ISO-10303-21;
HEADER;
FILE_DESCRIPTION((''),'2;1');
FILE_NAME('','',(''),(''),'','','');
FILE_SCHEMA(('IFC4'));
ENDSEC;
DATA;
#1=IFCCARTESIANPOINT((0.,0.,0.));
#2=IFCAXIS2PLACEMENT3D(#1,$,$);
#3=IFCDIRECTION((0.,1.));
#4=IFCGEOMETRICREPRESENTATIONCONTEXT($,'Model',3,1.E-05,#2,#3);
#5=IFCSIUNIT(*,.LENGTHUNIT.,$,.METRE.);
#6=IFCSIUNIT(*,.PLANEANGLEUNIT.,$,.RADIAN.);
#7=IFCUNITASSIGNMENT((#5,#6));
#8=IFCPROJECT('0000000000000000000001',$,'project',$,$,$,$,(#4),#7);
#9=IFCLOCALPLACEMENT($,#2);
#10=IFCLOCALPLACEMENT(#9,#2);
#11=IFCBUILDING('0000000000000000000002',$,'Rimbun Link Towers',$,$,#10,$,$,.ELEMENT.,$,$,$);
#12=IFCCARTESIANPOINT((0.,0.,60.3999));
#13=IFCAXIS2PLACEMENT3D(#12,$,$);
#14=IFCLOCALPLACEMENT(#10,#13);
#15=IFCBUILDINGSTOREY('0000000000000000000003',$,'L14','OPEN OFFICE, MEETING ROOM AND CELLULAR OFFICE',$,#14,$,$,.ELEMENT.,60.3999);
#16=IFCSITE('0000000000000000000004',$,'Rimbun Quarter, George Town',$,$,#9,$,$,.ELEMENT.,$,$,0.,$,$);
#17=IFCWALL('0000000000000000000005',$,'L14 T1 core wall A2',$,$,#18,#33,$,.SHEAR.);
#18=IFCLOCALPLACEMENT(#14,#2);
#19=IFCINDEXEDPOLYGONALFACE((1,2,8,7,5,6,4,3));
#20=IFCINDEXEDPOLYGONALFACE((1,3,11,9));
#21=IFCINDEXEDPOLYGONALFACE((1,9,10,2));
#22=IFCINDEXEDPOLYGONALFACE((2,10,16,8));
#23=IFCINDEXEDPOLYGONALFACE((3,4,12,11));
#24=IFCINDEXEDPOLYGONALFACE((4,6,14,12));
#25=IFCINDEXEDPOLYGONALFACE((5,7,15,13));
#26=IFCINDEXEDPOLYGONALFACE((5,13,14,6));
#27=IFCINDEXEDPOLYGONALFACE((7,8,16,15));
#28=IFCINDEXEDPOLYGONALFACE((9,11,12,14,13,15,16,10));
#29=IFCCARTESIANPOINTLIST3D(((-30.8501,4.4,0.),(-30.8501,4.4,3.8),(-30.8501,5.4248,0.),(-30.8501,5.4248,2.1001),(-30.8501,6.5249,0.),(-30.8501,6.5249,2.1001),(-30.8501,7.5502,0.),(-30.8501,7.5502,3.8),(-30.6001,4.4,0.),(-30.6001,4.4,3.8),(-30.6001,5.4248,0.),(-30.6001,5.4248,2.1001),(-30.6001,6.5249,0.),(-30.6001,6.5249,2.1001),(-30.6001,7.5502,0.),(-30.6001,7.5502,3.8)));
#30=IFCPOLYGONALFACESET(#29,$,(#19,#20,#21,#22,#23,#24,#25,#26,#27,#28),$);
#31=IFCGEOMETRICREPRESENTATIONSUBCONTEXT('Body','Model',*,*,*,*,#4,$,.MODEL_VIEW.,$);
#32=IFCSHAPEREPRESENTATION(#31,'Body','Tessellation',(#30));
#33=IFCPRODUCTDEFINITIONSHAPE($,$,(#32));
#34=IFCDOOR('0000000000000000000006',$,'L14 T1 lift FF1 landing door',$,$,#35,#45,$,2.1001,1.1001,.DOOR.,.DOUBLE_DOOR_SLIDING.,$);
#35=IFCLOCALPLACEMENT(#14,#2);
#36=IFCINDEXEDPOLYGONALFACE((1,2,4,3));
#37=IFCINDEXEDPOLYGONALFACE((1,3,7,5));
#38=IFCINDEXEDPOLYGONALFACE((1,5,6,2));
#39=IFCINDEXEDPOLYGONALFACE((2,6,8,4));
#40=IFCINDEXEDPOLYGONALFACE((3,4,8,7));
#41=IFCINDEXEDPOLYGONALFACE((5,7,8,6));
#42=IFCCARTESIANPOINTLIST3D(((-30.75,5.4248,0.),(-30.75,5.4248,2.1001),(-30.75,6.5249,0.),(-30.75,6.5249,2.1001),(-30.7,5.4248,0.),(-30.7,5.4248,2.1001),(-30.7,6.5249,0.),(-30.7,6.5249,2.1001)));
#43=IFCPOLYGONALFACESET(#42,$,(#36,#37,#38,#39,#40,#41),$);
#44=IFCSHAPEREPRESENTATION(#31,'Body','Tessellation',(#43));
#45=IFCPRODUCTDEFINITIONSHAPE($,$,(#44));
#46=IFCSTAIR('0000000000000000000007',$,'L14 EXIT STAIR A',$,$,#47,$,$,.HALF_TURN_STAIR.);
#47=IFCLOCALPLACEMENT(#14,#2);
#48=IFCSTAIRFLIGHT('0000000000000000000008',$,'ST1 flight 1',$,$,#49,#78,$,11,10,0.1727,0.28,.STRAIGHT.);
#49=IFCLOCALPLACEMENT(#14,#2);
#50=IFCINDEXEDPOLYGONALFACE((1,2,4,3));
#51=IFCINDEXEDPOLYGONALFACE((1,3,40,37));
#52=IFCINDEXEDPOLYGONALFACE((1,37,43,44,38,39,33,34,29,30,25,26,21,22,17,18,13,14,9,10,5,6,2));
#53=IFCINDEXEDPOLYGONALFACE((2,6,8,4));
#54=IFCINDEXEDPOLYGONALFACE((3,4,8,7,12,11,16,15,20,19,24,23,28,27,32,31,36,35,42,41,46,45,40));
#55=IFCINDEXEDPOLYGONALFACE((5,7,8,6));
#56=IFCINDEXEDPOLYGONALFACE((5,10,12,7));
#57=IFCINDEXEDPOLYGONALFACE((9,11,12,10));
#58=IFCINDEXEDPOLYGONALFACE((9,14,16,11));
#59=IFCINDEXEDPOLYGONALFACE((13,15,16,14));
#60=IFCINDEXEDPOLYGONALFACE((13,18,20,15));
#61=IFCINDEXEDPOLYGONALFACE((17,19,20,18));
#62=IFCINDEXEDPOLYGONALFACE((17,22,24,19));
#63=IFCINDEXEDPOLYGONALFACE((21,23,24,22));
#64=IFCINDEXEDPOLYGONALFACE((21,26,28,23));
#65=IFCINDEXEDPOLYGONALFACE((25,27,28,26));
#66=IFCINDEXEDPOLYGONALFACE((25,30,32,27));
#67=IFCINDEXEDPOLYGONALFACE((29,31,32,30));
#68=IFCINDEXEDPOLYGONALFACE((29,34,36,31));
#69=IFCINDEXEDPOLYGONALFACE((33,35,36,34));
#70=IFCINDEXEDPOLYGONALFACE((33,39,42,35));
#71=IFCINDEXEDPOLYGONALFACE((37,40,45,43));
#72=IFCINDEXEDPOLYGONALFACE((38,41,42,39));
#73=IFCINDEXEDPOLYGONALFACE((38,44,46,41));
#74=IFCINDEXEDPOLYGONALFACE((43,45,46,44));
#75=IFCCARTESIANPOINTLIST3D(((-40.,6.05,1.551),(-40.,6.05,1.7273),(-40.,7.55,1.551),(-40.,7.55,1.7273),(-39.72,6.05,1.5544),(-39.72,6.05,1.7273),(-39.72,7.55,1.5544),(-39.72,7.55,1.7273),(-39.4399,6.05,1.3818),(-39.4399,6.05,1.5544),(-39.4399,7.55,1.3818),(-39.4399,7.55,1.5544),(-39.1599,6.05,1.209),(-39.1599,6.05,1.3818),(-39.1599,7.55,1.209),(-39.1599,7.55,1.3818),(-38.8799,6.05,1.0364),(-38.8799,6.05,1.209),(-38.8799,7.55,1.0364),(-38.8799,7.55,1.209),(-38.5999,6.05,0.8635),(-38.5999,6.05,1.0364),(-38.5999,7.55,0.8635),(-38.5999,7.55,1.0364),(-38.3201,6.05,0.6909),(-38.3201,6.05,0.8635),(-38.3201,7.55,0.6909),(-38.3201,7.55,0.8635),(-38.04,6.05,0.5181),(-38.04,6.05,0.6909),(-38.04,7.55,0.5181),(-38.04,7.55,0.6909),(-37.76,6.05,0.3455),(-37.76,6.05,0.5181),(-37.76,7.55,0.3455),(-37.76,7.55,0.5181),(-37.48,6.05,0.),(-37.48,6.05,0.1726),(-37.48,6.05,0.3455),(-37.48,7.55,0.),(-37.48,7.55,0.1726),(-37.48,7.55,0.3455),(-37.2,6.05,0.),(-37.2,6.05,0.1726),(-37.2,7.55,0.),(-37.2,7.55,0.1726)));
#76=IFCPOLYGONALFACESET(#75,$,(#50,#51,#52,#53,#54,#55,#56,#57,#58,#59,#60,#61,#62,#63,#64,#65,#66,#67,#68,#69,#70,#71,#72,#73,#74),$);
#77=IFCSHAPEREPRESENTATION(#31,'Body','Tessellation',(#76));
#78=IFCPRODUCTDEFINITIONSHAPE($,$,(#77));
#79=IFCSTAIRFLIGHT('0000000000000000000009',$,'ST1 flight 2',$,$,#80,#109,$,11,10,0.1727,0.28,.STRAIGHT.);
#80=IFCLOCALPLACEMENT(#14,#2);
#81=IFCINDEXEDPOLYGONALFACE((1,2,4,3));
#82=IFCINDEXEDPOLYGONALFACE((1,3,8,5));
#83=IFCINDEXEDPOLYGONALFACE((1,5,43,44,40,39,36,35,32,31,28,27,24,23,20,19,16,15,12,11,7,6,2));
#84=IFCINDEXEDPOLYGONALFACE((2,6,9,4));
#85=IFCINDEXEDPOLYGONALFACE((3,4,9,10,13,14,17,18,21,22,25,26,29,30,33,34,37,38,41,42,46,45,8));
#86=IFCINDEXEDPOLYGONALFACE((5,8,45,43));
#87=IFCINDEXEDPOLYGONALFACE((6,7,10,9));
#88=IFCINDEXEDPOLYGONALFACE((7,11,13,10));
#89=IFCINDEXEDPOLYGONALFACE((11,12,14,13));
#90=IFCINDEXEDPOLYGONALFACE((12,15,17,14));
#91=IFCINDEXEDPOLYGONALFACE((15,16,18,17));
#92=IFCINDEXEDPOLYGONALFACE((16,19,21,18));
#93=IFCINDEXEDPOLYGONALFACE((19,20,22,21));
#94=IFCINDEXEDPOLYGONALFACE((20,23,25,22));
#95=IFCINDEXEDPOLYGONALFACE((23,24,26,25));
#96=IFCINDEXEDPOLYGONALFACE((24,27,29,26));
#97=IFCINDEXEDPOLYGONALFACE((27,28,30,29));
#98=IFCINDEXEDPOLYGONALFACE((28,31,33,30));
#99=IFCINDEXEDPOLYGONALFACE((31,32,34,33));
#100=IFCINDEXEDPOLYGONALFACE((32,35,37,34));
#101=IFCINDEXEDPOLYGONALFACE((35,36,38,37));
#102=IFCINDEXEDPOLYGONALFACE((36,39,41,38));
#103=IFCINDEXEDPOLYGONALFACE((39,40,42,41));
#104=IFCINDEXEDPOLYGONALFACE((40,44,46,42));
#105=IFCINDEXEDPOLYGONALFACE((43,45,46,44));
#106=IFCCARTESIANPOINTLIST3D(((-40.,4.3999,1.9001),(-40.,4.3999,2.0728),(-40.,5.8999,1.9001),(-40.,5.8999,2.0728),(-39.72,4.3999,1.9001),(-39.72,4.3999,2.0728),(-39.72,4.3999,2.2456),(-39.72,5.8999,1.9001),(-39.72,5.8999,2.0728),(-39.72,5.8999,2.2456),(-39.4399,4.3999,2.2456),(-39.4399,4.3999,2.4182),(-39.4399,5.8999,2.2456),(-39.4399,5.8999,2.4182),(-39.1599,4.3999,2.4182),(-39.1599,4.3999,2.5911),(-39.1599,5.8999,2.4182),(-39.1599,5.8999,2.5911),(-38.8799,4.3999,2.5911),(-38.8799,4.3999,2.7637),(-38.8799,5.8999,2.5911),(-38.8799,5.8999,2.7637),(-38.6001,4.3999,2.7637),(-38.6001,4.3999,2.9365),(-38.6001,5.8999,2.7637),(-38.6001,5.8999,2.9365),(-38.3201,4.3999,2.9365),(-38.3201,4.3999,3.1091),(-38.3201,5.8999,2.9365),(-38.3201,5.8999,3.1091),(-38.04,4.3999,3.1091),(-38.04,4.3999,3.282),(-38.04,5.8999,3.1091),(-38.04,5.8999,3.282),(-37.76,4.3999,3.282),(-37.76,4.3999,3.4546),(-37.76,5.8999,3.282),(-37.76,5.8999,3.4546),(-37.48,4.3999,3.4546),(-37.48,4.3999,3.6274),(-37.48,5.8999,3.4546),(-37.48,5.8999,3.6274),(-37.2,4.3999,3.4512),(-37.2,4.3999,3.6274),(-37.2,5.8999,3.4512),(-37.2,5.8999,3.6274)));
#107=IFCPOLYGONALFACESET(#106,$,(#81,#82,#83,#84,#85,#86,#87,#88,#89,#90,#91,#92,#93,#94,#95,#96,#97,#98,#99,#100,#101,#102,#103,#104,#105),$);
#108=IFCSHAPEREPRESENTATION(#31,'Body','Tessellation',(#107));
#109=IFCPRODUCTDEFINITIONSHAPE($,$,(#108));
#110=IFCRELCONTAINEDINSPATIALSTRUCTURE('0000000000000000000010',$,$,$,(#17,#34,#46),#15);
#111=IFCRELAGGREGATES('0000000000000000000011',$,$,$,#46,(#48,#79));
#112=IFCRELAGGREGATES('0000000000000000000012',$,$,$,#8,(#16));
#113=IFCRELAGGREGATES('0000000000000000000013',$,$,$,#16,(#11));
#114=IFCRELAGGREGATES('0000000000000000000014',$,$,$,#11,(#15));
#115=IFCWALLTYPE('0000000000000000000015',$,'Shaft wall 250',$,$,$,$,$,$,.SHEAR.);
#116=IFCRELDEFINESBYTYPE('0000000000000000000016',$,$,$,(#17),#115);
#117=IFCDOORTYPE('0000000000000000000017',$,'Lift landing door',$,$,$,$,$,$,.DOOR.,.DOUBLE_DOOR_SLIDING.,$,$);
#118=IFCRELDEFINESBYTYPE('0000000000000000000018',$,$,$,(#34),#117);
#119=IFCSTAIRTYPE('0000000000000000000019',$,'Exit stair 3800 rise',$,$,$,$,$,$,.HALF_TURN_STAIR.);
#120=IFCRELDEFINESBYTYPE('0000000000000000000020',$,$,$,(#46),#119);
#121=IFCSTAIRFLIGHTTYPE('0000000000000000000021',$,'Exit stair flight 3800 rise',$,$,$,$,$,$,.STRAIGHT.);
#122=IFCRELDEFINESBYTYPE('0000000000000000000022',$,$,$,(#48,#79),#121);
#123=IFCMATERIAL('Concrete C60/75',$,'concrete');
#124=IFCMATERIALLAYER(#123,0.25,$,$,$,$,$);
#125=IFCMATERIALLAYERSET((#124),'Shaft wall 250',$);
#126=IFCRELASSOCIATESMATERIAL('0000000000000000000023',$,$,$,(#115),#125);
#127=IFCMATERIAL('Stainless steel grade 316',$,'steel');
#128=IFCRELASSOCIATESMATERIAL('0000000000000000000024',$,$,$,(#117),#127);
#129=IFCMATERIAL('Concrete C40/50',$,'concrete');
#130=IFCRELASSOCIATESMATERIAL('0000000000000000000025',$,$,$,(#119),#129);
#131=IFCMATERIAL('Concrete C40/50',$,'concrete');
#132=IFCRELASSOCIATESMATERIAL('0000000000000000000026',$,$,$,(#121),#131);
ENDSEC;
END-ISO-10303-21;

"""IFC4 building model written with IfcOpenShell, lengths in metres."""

from ifc_helpers import new_model, si_unit, direction, frame, frame_2d, origin, place, context, subcontext, project, spatial, polyline, rectangle, outline, extrude, material, layer, layer_set, type_object, element, fill, aggregate, save


model = new_model("IFC4")

# Units and contexts
model_context = context("Model", 3, precision=1e-05, world=origin(), true_north=direction((0.0, 1.0)))
body_context = subcontext(model_context, "Body", "Model", "MODEL_VIEW")
ifc_project = project(units=[si_unit("LENGTHUNIT", "METRE"), si_unit("PLANEANGLEUNIT", "RADIAN")], contexts=[model_context])

# Site, building, storey
site_placement = place(None, origin())
site = spatial("IfcSite", under=ifc_project, at=site_placement, Name="Rimbun Quarter, George Town", CompositionType="ELEMENT", RefElevation=0.0)
building_placement = place(site_placement, origin())
building = spatial("IfcBuilding", under=site, at=building_placement, Name="Rimbun Link Towers", CompositionType="ELEMENT")
storey_placement = place(building_placement, frame((0.0, 0.0, 60.3999)))
storey = spatial("IfcBuildingStorey", under=building, at=storey_placement, Name="L14", Description="OPEN OFFICE, MEETING ROOM AND CELLULAR OFFICE", CompositionType="ELEMENT", Elevation=60.3999)

# Wall, opening, door
ifc_material_1 = material(Name="Concrete C60/75", Category="concrete")
ifc_layer_1 = layer(ifc_material_1, 0.25)
ifc_layer_set_1 = layer_set([ifc_layer_1], Name="Shaft wall 250")
wall_type_1 = type_object("IfcWallType", Name="Shaft wall 250", PredefinedType="SHEAR", material=ifc_layer_set_1)
wall_1_placement = place(storey_placement, frame((-30.7251, 4.3999, 0.0), z_axis=(0.0, 0.0, 1.0), x_axis=(0.0, 1.0, 0.0)))
wall_1 = element("IfcWall", 1, at=wall_1_placement, inside=storey, type_object=wall_type_1, Name="L14 T1 core wall A2", PredefinedType="SHEAR", context=body_context, shape_type="SweptSolid", body=[
    extrude(rectangle(XDim=3.1501, YDim=0.25, at=frame_2d((1.5752, 0.0))), origin(), (0.0, 0.0, 1.0), 3.8),
])
opening_1_placement = place(wall_1_placement, frame((1.0249, 0.0, 0.0)))
opening_1 = element("IfcOpeningElement", 2, at=opening_1_placement, cuts=wall_1, PredefinedType="OPENING", context=body_context, shape_type="SweptSolid", body=[
    extrude(rectangle(XDim=1.1001, YDim=2.1001, at=frame_2d((0.55, 1.05))), frame((0.0, 0.135, 0.0), z_axis=(0.0, -1.0, 0.0), x_axis=(1.0, 0.0, 0.0)), (0.0, 0.0, 1.0), 0.27),
])
ifc_material_2 = material(Name="Stainless steel grade 316", Category="steel")
door_type_1 = type_object("IfcDoorType", Name="Lift landing door", OperationType="DOUBLE_DOOR_SLIDING", PredefinedType="DOOR", material=ifc_material_2)
door_1_placement = place(opening_1_placement, origin())
door_1 = element("IfcDoor", 3, at=door_1_placement, inside=storey, type_object=door_type_1, Name="L14 T1 lift FF1 landing door", OperationType="DOUBLE_DOOR_SLIDING", OverallHeight=2.1001, OverallWidth=1.1001, PredefinedType="DOOR", context=body_context, shape_type="SweptSolid", body=[
    extrude(rectangle(XDim=1.1001, YDim=2.1001, at=frame_2d((0.55, 1.05))), frame((0.0, 0.0249, 0.0), z_axis=(0.0, -1.0, 0.0), x_axis=(1.0, 0.0, 0.0)), (0.0, 0.0, 1.0), 0.05),
])
fill(opening_1, door_1)

# Stair, stair flights
ifc_material_3 = material(Name="Concrete C40/50", Category="concrete")
stair_type = type_object("IfcStairType", Name="Exit stair 3800 rise", PredefinedType="HALF_TURN_STAIR", material=ifc_material_3)
stair_placement = place(storey_placement, origin())
stair = element("IfcStair", 4, at=stair_placement, inside=storey, type_object=stair_type, Name="L14 EXIT STAIR A", PredefinedType="HALF_TURN_STAIR")
ifc_material_4 = material(Name="Concrete C40/50", Category="concrete")
stair_flight_type = type_object("IfcStairFlightType", Name="Exit stair flight 3800 rise", PredefinedType="STRAIGHT", material=ifc_material_4)
stair_flight_1_placement = place(storey_placement, frame((-37.2, 6.8, 0.0), z_axis=(0.0, 0.0, 1.0), x_axis=(-1.0, 0.0, 0.0)))
stair_flight_1 = element("IfcStairFlight", 5, at=stair_flight_1_placement, type_object=stair_flight_type, Name="ST1 flight 1", NumberOfRisers=11, NumberOfTreads=10, PredefinedType="STRAIGHT", RiserHeight=0.1727, TreadLength=0.28, context=body_context, shape_type="SweptSolid", body=[
    extrude(outline(polyline([(0.0, 0.0), (0.0, 0.1726), (0.28, 0.1726), (0.28, 0.3455), (0.5601, 0.3455), (0.5601, 0.5181), (0.8401, 0.5181), (0.8401, 0.6909), (1.1201, 0.6909), (1.1201, 0.8635), (1.3999, 0.8635), (1.3999, 1.0364), (1.6799, 1.0364), (1.6799, 1.209), (1.96, 1.209), (1.96, 1.3818), (2.24, 1.3818), (2.24, 1.5544), (2.52, 1.5544), (2.52, 1.7273), (2.8, 1.7273), (2.8, 1.8999), (2.8, 1.551), (0.28, 0.0), (0.0, 0.0)])), frame((0.0, 0.75, 0.0), z_axis=(0.0, -1.0, 0.0), x_axis=(1.0, 0.0, 0.0)), (0.0, 0.0, 1.0), 1.5),
])
stair_flight_2_placement = place(storey_placement, frame((-40.0, 5.1499, 1.9001), z_axis=(0.0, 0.0, 1.0), x_axis=(1.0, 0.0, 0.0)))
stair_flight_2 = element("IfcStairFlight", 6, at=stair_flight_2_placement, type_object=stair_flight_type, Name="ST1 flight 2", NumberOfRisers=11, NumberOfTreads=10, PredefinedType="STRAIGHT", RiserHeight=0.1727, TreadLength=0.28, context=body_context, shape_type="SweptSolid", body=[
    extrude(outline(polyline([(0.0, 0.0), (0.0, 0.1726), (0.28, 0.1726), (0.28, 0.3455), (0.5601, 0.3455), (0.5601, 0.5181), (0.8401, 0.5181), (0.8401, 0.6909), (1.1201, 0.6909), (1.1201, 0.8635), (1.3999, 0.8635), (1.3999, 1.0364), (1.6799, 1.0364), (1.6799, 1.209), (1.96, 1.209), (1.96, 1.3818), (2.24, 1.3818), (2.24, 1.5544), (2.52, 1.5544), (2.52, 1.7273), (2.8, 1.7273), (2.8, 1.8999), (2.8, 1.551), (0.28, 0.0), (0.0, 0.0)])), frame((0.0, 0.75, 0.0), z_axis=(0.0, -1.0, 0.0), x_axis=(1.0, 0.0, 0.0)), (0.0, 0.0, 1.0), 1.5),
])
aggregate(stair, [stair_flight_1, stair_flight_2])

save(model, "model.ifc")
